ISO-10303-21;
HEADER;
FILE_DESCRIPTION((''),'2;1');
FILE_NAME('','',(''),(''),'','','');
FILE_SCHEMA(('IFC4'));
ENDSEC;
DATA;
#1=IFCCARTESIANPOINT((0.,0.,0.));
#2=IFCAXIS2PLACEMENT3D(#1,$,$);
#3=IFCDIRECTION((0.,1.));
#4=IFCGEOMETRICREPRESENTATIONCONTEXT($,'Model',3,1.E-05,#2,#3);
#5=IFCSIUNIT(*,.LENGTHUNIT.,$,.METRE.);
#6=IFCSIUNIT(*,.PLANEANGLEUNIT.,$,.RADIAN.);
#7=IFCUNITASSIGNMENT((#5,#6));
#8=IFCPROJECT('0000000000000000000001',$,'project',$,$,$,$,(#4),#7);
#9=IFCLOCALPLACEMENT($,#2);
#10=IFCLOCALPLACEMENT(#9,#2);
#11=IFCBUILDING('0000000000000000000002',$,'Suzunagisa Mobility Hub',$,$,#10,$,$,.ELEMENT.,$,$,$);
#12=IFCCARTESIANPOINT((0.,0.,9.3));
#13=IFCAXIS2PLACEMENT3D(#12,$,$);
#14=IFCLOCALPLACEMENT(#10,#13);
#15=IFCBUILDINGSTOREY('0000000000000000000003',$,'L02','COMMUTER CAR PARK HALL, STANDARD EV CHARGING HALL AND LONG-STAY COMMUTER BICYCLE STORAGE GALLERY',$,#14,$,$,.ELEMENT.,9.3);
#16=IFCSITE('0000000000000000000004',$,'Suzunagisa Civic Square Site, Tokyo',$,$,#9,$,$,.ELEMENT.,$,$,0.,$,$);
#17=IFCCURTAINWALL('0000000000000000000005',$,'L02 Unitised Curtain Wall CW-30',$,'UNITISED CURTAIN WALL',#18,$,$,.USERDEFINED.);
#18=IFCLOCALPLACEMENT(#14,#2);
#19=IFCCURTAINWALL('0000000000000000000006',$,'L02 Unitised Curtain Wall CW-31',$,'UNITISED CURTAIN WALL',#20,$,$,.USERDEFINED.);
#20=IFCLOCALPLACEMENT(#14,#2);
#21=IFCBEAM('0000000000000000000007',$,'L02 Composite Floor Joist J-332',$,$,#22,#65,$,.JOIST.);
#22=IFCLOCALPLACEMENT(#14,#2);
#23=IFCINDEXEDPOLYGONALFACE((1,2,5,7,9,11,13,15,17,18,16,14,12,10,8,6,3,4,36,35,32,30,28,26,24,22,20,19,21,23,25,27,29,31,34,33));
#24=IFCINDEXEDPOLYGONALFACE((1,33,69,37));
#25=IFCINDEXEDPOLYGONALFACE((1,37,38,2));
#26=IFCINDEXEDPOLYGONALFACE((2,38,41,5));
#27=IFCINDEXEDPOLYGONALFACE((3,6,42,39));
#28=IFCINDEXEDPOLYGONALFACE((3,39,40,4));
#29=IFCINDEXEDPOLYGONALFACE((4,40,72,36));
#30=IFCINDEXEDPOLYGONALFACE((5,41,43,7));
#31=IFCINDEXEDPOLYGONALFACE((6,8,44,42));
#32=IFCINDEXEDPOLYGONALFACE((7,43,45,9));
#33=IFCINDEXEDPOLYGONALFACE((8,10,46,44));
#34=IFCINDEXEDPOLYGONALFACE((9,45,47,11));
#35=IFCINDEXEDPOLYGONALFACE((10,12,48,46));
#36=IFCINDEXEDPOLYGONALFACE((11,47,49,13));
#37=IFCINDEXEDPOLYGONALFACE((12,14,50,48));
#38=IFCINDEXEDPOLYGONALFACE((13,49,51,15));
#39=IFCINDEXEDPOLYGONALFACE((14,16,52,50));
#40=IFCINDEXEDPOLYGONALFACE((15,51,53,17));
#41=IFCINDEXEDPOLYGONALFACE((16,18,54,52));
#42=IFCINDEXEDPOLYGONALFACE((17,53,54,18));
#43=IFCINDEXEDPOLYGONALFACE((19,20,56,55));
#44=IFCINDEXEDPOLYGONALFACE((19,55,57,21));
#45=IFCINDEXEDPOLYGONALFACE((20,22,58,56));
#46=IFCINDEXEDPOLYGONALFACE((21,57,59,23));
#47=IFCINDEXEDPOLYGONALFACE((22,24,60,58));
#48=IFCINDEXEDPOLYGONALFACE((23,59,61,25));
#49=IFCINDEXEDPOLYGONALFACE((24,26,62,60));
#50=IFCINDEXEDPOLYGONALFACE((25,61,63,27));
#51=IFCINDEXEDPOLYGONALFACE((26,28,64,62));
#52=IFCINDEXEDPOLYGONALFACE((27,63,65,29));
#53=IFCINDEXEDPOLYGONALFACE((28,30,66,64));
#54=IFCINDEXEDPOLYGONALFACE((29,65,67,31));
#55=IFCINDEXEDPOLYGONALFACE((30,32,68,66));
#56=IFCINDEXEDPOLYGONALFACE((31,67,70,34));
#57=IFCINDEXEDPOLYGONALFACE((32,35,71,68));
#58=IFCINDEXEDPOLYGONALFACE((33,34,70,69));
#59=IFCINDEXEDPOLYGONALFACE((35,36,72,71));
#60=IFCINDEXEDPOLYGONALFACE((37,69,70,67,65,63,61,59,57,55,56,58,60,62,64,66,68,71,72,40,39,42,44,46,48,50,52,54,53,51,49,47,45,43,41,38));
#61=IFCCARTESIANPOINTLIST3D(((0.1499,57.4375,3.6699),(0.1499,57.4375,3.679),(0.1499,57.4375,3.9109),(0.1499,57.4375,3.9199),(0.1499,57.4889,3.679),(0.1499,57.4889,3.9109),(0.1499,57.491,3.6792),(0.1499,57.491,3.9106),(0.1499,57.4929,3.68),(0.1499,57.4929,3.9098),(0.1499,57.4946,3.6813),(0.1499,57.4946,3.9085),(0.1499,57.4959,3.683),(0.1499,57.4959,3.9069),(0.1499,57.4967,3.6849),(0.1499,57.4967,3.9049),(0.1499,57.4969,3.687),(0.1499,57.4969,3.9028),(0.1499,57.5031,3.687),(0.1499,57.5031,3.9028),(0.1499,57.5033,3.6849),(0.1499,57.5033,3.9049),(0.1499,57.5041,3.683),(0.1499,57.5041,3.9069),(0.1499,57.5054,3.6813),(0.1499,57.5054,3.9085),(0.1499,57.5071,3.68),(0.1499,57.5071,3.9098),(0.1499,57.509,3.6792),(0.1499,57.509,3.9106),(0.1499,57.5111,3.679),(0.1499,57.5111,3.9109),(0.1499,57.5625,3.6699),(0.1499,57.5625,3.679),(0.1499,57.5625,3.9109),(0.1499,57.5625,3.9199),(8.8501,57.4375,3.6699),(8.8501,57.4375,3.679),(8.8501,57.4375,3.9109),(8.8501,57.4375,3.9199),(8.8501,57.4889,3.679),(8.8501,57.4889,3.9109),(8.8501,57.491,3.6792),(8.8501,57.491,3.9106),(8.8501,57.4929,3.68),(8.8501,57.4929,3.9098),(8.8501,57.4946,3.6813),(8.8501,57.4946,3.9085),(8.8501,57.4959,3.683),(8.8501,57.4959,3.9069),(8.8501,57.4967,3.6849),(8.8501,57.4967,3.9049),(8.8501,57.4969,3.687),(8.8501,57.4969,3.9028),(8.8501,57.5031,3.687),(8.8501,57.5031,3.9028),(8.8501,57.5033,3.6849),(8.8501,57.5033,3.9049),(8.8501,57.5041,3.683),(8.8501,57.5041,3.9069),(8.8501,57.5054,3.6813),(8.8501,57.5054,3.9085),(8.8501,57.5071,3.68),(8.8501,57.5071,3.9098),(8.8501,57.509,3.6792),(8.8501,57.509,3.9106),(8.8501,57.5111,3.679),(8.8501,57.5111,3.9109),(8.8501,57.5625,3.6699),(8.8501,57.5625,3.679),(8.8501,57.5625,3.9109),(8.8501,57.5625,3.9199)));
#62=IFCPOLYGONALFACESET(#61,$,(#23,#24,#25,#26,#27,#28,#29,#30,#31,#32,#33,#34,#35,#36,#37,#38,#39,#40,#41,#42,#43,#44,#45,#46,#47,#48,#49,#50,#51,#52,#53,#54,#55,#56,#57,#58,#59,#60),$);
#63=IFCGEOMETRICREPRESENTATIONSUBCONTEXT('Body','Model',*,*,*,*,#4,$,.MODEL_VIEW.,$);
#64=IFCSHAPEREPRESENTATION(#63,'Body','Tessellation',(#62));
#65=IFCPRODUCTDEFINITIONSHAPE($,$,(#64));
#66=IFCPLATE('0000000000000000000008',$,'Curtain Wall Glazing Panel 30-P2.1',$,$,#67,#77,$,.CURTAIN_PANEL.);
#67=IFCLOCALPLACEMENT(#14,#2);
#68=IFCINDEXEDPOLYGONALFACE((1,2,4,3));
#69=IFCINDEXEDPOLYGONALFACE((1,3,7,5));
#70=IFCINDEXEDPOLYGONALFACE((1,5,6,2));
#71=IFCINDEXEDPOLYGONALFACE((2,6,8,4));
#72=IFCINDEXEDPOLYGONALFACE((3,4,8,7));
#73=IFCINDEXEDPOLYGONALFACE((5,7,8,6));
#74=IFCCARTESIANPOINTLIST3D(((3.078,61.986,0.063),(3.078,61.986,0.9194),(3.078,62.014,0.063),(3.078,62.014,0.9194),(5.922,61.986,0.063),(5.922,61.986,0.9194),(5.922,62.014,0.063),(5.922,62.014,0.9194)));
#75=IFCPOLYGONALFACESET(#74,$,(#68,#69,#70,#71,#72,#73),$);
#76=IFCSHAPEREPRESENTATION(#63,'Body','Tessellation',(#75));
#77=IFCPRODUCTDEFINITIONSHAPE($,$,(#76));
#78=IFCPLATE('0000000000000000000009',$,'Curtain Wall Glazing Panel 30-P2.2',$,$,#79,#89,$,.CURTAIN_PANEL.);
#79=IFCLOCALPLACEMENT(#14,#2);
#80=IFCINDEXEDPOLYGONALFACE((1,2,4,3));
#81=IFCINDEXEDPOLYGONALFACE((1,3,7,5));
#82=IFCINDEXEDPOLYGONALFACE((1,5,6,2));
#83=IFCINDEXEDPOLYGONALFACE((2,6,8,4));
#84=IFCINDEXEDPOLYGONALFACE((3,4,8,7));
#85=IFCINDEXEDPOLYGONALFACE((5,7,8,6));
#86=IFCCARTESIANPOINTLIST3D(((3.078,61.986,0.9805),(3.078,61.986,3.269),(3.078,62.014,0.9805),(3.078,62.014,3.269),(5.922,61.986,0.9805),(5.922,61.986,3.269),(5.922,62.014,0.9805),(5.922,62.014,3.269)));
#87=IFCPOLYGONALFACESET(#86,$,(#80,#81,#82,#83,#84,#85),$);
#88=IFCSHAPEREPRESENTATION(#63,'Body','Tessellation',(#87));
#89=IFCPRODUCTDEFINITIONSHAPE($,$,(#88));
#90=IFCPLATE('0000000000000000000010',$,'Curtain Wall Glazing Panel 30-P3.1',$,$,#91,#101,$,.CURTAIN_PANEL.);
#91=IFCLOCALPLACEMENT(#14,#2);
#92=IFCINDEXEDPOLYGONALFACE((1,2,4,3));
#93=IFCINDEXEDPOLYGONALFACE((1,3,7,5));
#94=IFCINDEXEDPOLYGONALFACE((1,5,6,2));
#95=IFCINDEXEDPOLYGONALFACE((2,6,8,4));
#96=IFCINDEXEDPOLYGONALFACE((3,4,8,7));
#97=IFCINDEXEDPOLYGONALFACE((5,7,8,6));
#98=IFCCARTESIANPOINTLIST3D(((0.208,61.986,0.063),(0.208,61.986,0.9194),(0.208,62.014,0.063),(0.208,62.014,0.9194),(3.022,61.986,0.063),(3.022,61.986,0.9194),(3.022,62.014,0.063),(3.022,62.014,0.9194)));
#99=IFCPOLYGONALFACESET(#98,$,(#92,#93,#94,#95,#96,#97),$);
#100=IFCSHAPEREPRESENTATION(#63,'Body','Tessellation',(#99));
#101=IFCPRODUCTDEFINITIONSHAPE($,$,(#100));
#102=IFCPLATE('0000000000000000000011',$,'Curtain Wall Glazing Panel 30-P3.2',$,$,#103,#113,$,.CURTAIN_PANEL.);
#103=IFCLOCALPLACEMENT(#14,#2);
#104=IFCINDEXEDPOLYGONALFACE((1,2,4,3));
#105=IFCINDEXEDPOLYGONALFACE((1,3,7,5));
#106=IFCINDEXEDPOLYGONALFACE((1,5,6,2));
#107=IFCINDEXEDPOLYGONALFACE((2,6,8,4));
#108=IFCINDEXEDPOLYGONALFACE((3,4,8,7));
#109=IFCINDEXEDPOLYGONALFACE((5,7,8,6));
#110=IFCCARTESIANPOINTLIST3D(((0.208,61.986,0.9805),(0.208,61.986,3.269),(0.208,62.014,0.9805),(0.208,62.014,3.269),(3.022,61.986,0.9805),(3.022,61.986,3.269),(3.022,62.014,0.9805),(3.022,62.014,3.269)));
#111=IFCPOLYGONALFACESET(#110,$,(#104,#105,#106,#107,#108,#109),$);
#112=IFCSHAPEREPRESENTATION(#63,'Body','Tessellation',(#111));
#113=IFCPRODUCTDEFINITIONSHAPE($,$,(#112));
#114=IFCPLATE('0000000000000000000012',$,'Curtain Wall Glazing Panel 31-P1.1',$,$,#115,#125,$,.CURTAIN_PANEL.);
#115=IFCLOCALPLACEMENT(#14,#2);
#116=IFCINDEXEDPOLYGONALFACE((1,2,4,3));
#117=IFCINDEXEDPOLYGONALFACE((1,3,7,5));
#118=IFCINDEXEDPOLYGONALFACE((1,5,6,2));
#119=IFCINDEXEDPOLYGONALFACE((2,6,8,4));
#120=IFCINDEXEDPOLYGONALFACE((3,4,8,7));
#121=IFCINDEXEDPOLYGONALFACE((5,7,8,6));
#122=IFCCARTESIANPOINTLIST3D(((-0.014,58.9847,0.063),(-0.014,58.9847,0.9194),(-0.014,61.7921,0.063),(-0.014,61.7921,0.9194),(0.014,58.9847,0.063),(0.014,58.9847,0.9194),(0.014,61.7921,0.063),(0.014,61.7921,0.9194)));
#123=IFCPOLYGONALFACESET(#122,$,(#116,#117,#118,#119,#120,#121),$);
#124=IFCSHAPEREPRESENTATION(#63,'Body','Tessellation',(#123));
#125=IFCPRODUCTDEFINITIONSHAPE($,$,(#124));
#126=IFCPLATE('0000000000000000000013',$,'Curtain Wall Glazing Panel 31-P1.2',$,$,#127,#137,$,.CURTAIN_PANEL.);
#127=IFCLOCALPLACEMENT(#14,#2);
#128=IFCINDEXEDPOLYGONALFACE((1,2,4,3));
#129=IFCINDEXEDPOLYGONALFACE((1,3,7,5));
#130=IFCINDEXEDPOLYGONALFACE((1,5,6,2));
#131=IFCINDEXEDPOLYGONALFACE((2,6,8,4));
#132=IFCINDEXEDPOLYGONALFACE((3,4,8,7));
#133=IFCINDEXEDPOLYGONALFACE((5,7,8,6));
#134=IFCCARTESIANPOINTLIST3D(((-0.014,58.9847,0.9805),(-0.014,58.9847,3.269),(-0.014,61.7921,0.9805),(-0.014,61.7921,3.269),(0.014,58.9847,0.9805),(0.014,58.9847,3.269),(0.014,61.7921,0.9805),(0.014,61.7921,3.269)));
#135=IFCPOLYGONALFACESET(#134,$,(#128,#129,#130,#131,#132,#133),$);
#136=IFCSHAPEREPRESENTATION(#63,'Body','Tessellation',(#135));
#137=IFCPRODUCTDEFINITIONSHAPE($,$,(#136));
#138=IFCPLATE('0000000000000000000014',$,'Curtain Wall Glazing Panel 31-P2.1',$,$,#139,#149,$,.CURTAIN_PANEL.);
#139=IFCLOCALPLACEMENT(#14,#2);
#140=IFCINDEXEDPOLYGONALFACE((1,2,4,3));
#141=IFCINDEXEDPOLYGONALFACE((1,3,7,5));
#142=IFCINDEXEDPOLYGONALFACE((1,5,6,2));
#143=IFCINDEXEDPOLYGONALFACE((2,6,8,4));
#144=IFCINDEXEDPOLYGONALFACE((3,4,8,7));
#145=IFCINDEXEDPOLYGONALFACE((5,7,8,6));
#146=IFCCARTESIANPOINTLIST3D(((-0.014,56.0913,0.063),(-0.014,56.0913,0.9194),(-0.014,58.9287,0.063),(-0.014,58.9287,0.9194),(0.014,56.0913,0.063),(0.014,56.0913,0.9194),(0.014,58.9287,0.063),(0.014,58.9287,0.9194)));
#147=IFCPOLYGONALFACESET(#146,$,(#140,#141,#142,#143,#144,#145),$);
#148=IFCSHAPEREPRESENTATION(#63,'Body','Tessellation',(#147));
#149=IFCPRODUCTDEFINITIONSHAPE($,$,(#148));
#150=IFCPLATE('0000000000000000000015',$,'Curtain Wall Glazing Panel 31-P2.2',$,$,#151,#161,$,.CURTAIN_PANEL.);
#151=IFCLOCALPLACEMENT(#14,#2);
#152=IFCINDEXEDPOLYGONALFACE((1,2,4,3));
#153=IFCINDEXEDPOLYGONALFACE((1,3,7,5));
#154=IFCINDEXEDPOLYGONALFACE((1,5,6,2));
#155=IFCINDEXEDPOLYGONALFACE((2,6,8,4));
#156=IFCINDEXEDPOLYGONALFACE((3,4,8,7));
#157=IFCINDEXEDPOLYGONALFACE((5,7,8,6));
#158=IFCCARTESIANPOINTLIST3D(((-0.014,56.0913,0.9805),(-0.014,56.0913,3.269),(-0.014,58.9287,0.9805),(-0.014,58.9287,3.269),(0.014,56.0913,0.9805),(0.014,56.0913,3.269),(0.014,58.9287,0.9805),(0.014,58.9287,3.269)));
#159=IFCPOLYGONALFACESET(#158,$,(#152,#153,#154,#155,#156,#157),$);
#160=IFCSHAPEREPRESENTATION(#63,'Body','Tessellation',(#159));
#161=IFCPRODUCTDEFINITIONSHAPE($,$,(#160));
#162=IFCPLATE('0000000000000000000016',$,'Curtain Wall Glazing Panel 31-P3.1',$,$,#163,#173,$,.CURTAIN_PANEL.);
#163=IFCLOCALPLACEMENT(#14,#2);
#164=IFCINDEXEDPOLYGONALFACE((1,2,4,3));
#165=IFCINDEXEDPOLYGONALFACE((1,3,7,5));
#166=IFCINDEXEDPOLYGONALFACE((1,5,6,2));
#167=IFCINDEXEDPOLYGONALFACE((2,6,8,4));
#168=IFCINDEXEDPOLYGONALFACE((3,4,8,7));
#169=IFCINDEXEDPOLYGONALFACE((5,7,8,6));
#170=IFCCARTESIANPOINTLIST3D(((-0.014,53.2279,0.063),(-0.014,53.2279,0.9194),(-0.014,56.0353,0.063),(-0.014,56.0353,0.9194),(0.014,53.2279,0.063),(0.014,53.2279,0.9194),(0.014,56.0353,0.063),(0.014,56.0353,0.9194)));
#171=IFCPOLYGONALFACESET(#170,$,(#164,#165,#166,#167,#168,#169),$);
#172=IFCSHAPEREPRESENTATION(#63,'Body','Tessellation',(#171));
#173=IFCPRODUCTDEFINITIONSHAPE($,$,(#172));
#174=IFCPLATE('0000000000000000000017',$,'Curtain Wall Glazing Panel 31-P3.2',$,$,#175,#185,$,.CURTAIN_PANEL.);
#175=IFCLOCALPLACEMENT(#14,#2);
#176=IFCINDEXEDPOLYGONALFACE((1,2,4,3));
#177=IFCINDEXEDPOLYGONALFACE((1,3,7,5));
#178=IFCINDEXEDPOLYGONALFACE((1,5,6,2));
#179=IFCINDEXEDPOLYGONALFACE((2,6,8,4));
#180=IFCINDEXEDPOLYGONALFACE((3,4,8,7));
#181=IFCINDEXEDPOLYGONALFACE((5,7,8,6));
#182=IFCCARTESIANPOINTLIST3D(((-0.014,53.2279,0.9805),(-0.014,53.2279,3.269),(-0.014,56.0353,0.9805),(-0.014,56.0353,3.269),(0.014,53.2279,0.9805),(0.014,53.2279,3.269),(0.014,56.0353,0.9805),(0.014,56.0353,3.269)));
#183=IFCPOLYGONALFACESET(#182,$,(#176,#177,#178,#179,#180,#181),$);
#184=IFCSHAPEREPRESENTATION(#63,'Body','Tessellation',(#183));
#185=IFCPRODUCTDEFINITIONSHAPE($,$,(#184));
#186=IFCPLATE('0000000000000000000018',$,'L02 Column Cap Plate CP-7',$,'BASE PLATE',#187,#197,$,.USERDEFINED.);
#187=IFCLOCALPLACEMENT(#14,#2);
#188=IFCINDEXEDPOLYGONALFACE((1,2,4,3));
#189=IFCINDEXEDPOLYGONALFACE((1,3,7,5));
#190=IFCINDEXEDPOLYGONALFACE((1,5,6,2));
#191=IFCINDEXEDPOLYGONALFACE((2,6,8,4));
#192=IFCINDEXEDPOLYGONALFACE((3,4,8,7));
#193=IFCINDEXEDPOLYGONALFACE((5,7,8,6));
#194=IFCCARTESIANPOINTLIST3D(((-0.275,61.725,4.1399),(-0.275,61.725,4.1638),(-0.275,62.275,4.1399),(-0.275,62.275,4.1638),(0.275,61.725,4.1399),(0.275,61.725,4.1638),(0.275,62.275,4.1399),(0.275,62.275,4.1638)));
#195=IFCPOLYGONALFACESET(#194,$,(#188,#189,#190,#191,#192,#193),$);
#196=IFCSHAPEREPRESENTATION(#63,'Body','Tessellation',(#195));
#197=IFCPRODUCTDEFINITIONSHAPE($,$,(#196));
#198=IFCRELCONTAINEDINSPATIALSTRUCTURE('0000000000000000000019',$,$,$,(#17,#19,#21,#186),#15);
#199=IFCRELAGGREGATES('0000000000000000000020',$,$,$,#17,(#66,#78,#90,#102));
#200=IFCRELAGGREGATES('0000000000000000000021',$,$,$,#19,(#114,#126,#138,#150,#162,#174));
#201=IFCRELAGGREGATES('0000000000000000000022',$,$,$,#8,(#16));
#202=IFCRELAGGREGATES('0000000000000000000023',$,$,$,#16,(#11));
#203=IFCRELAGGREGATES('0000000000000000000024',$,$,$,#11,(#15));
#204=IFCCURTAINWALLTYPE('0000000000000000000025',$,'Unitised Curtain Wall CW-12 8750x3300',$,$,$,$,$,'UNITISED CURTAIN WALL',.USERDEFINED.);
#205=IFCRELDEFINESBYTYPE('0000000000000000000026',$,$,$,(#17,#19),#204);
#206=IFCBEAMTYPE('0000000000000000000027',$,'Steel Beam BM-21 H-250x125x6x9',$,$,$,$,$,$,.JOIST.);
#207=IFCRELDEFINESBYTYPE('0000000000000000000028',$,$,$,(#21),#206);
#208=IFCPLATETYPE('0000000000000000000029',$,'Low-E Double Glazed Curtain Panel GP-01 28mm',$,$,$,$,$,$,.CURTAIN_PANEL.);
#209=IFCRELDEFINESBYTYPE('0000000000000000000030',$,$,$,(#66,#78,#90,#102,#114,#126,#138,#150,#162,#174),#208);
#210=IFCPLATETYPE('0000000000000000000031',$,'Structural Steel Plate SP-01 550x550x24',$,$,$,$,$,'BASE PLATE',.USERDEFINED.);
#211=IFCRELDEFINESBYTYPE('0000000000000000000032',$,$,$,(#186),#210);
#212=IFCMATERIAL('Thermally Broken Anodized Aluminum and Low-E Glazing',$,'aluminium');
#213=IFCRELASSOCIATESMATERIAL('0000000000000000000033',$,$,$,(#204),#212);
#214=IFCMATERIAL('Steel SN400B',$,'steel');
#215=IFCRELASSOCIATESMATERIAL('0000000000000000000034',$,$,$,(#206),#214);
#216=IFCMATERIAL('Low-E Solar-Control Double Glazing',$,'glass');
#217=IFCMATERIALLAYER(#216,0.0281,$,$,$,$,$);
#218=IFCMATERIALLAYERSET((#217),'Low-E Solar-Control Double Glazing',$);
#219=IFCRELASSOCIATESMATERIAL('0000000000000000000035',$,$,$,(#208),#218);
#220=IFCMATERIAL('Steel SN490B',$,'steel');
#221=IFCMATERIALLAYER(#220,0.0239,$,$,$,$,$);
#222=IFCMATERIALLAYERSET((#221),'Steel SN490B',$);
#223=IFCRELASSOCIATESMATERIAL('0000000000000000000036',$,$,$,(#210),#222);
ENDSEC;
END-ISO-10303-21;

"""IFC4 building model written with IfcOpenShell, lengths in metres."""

from ifc_helpers import new_model, si_unit, direction, frame, origin, origin_2d, place, context, subcontext, project, spatial, rectangle, i_section, extrude, material, layer, layer_set, material_profile, profile_set, type_object, element, aggregate, save


model = new_model("IFC4")

# Units and contexts
model_context = context("Model", 3, precision=1e-05, world=origin(), true_north=direction((0.0, 1.0)))
body_context = subcontext(model_context, "Body", "Model", "MODEL_VIEW")
ifc_project = project(units=[si_unit("LENGTHUNIT", "METRE"), si_unit("PLANEANGLEUNIT", "RADIAN")], contexts=[model_context])

# Site, building, storey
site_placement = place(None, origin())
site = spatial("IfcSite", under=ifc_project, at=site_placement, Name="Suzunagisa Civic Square Site, Tokyo", CompositionType="ELEMENT", RefElevation=0.0)
building_placement = place(site_placement, origin())
building = spatial("IfcBuilding", under=site, at=building_placement, Name="Suzunagisa Mobility Hub", CompositionType="ELEMENT")
storey_placement = place(building_placement, frame((0.0, 0.0, 9.3)))
storey = spatial("IfcBuildingStorey", under=building, at=storey_placement, Name="L02", Description="COMMUTER CAR PARK HALL, STANDARD EV CHARGING HALL AND LONG-STAY COMMUTER BICYCLE STORAGE GALLERY", CompositionType="ELEMENT", Elevation=9.3)

# Shared definitions
ifc_material_1 = material(Name="Steel SN490B", Category="steel")

# Curtain walls
ifc_material_2 = material(Name="Thermally Broken Anodized Aluminum and Low-E Glazing", Category="aluminium")
curtain_wall_type = type_object("IfcCurtainWallType", Name="Unitised Curtain Wall CW-12 8750x3300", ElementType="UNITISED CURTAIN WALL", PredefinedType="USERDEFINED", material=ifc_material_2)
curtain_wall_1_placement = place(storey_placement, origin())
curtain_wall_1 = element("IfcCurtainWall", 1, at=curtain_wall_1_placement, inside=storey, type_object=curtain_wall_type, Name="L02 Unitised Curtain Wall CW-30", ObjectType="UNITISED CURTAIN WALL", PredefinedType="USERDEFINED")
curtain_wall_2_placement = place(storey_placement, origin())
curtain_wall_2 = element("IfcCurtainWall", 2, at=curtain_wall_2_placement, inside=storey, type_object=curtain_wall_type, Name="L02 Unitised Curtain Wall CW-31", ObjectType="UNITISED CURTAIN WALL", PredefinedType="USERDEFINED")

# Beam
ifc_material_3 = material(Name="Steel SN400B", Category="steel")
ifc_material_profile_1 = material_profile(ifc_material_3, i_section(OverallWidth=0.125, OverallDepth=0.25, WebThickness=0.0061, FlangeThickness=0.009, FilletRadius=0.0081, at=origin_2d()), Name="H-250x125x6x9")
ifc_profile_set_1 = profile_set([ifc_material_profile_1], Name="Steel SN400B")
beam_type_1 = type_object("IfcBeamType", Name="Steel Beam BM-21 H-250x125x6x9", PredefinedType="JOIST", material=ifc_profile_set_1)
beam_1_placement = place(storey_placement, frame((0.1499, 57.5, 3.7949), z_axis=(1.0, 0.0, 0.0), x_axis=(0.0, 1.0, 0.0)))
element("IfcBeam", 3, at=beam_1_placement, inside=storey, type_object=beam_type_1, Name="L02 Composite Floor Joist J-332", PredefinedType="JOIST", context=body_context, shape_type="SweptSolid", body=[
    extrude(i_section(OverallWidth=0.125, OverallDepth=0.25, WebThickness=0.0061, FlangeThickness=0.009, FilletRadius=0.0081, at=origin_2d()), origin(), (0.0, 0.0, 1.0), 8.7002),
])

# Plates
ifc_material_4 = material(Name="Low-E Solar-Control Double Glazing", Category="glass")
ifc_layer_1 = layer(ifc_material_4, 0.0281)
ifc_layer_set_1 = layer_set([ifc_layer_1], Name="Low-E Solar-Control Double Glazing")
plate_type_1 = type_object("IfcPlateType", Name="Low-E Double Glazed Curtain Panel GP-01 28mm", PredefinedType="CURTAIN_PANEL", material=ifc_layer_set_1)
plate_1_placement = place(storey_placement, frame((4.5, 62.0, 0.063), z_axis=(0.0, 0.0, 1.0), x_axis=(-1.0, 0.0, 0.0)))
plate_1 = element("IfcPlate", 4, at=plate_1_placement, type_object=plate_type_1, Name="Curtain Wall Glazing Panel 30-P2.1", PredefinedType="CURTAIN_PANEL", context=body_context, shape_type="SweptSolid", body=[
    extrude(rectangle(XDim=2.844, YDim=0.0281, at=origin_2d()), origin(), (0.0, 0.0, 1.0), 0.8564),
])
plate_2_placement = place(storey_placement, frame((4.5, 62.0, 0.9805), z_axis=(0.0, 0.0, 1.0), x_axis=(-1.0, 0.0, 0.0)))
plate_2 = element("IfcPlate", 5, at=plate_2_placement, type_object=plate_type_1, Name="Curtain Wall Glazing Panel 30-P2.2", PredefinedType="CURTAIN_PANEL", context=body_context, shape_type="SweptSolid", body=[
    extrude(rectangle(XDim=2.844, YDim=0.0281, at=origin_2d()), origin(), (0.0, 0.0, 1.0), 2.2886),
])
plate_3_placement = place(storey_placement, frame((1.615, 62.0, 0.063), z_axis=(0.0, 0.0, 1.0), x_axis=(-1.0, 0.0, 0.0)))
plate_3 = element("IfcPlate", 6, at=plate_3_placement, type_object=plate_type_1, Name="Curtain Wall Glazing Panel 30-P3.1", PredefinedType="CURTAIN_PANEL", context=body_context, shape_type="SweptSolid", body=[
    extrude(rectangle(XDim=2.814, YDim=0.0281, at=origin_2d()), origin(), (0.0, 0.0, 1.0), 0.8564),
])
plate_4_placement = place(storey_placement, frame((1.615, 62.0, 0.9805), z_axis=(0.0, 0.0, 1.0), x_axis=(-1.0, 0.0, 0.0)))
plate_4 = element("IfcPlate", 7, at=plate_4_placement, type_object=plate_type_1, Name="Curtain Wall Glazing Panel 30-P3.2", PredefinedType="CURTAIN_PANEL", context=body_context, shape_type="SweptSolid", body=[
    extrude(rectangle(XDim=2.814, YDim=0.0281, at=origin_2d()), origin(), (0.0, 0.0, 1.0), 2.2886),
])
aggregate(curtain_wall_1, [plate_1, plate_2, plate_3, plate_4])
plate_5_placement = place(storey_placement, frame((0.0, 60.3884, 0.063), z_axis=(0.0, 0.0, 1.0), x_axis=(0.0, -1.0, 0.0)))
plate_5 = element("IfcPlate", 8, at=plate_5_placement, type_object=plate_type_1, Name="Curtain Wall Glazing Panel 31-P1.1", PredefinedType="CURTAIN_PANEL", context=body_context, shape_type="SweptSolid", body=[
    extrude(rectangle(XDim=2.8074, YDim=0.0281, at=origin_2d()), origin(), (0.0, 0.0, 1.0), 0.8564),
])
plate_6_placement = place(storey_placement, frame((0.0, 60.3884, 0.9805), z_axis=(0.0, 0.0, 1.0), x_axis=(0.0, -1.0, 0.0)))
plate_6 = element("IfcPlate", 9, at=plate_6_placement, type_object=plate_type_1, Name="Curtain Wall Glazing Panel 31-P1.2", PredefinedType="CURTAIN_PANEL", context=body_context, shape_type="SweptSolid", body=[
    extrude(rectangle(XDim=2.8074, YDim=0.0281, at=origin_2d()), origin(), (0.0, 0.0, 1.0), 2.2886),
])
plate_7_placement = place(storey_placement, frame((0.0, 57.51, 0.063), z_axis=(0.0, 0.0, 1.0), x_axis=(0.0, -1.0, 0.0)))
plate_7 = element("IfcPlate", 10, at=plate_7_placement, type_object=plate_type_1, Name="Curtain Wall Glazing Panel 31-P2.1", PredefinedType="CURTAIN_PANEL", context=body_context, shape_type="SweptSolid", body=[
    extrude(rectangle(XDim=2.8374, YDim=0.0281, at=origin_2d()), origin(), (0.0, 0.0, 1.0), 0.8564),
])
plate_8_placement = place(storey_placement, frame((0.0, 57.51, 0.9805), z_axis=(0.0, 0.0, 1.0), x_axis=(0.0, -1.0, 0.0)))
plate_8 = element("IfcPlate", 11, at=plate_8_placement, type_object=plate_type_1, Name="Curtain Wall Glazing Panel 31-P2.2", PredefinedType="CURTAIN_PANEL", context=body_context, shape_type="SweptSolid", body=[
    extrude(rectangle(XDim=2.8374, YDim=0.0281, at=origin_2d()), origin(), (0.0, 0.0, 1.0), 2.2886),
])
plate_9_placement = place(storey_placement, frame((0.0, 54.6316, 0.063), z_axis=(0.0, 0.0, 1.0), x_axis=(0.0, -1.0, 0.0)))
plate_9 = element("IfcPlate", 12, at=plate_9_placement, type_object=plate_type_1, Name="Curtain Wall Glazing Panel 31-P3.1", PredefinedType="CURTAIN_PANEL", context=body_context, shape_type="SweptSolid", body=[
    extrude(rectangle(XDim=2.8074, YDim=0.0281, at=origin_2d()), origin(), (0.0, 0.0, 1.0), 0.8564),
])
plate_10_placement = place(storey_placement, frame((0.0, 54.6316, 0.9805), z_axis=(0.0, 0.0, 1.0), x_axis=(0.0, -1.0, 0.0)))
plate_10 = element("IfcPlate", 13, at=plate_10_placement, type_object=plate_type_1, Name="Curtain Wall Glazing Panel 31-P3.2", PredefinedType="CURTAIN_PANEL", context=body_context, shape_type="SweptSolid", body=[
    extrude(rectangle(XDim=2.8074, YDim=0.0281, at=origin_2d()), origin(), (0.0, 0.0, 1.0), 2.2886),
])
aggregate(curtain_wall_2, [plate_5, plate_6, plate_7, plate_8, plate_9, plate_10])
ifc_layer_2 = layer(ifc_material_1, 0.0239)
ifc_layer_set_2 = layer_set([ifc_layer_2], Name="Steel SN490B")
plate_type_2 = type_object("IfcPlateType", Name="Structural Steel Plate SP-01 550x550x24", ElementType="BASE PLATE", PredefinedType="USERDEFINED", material=ifc_layer_set_2)
plate_11_placement = place(storey_placement, frame((0.0, 62.0, 4.1399), z_axis=(0.0, 0.0, 1.0), x_axis=(1.0, 0.0, 0.0)))
element("IfcPlate", 14, at=plate_11_placement, inside=storey, type_object=plate_type_2, Name="L02 Column Cap Plate CP-7", ObjectType="BASE PLATE", PredefinedType="USERDEFINED", context=body_context, shape_type="SweptSolid", body=[
    extrude(rectangle(XDim=0.55, YDim=0.55, at=origin_2d()), origin(), (0.0, 0.0, 1.0), 0.0239),
])

save(model, "model.ifc")
